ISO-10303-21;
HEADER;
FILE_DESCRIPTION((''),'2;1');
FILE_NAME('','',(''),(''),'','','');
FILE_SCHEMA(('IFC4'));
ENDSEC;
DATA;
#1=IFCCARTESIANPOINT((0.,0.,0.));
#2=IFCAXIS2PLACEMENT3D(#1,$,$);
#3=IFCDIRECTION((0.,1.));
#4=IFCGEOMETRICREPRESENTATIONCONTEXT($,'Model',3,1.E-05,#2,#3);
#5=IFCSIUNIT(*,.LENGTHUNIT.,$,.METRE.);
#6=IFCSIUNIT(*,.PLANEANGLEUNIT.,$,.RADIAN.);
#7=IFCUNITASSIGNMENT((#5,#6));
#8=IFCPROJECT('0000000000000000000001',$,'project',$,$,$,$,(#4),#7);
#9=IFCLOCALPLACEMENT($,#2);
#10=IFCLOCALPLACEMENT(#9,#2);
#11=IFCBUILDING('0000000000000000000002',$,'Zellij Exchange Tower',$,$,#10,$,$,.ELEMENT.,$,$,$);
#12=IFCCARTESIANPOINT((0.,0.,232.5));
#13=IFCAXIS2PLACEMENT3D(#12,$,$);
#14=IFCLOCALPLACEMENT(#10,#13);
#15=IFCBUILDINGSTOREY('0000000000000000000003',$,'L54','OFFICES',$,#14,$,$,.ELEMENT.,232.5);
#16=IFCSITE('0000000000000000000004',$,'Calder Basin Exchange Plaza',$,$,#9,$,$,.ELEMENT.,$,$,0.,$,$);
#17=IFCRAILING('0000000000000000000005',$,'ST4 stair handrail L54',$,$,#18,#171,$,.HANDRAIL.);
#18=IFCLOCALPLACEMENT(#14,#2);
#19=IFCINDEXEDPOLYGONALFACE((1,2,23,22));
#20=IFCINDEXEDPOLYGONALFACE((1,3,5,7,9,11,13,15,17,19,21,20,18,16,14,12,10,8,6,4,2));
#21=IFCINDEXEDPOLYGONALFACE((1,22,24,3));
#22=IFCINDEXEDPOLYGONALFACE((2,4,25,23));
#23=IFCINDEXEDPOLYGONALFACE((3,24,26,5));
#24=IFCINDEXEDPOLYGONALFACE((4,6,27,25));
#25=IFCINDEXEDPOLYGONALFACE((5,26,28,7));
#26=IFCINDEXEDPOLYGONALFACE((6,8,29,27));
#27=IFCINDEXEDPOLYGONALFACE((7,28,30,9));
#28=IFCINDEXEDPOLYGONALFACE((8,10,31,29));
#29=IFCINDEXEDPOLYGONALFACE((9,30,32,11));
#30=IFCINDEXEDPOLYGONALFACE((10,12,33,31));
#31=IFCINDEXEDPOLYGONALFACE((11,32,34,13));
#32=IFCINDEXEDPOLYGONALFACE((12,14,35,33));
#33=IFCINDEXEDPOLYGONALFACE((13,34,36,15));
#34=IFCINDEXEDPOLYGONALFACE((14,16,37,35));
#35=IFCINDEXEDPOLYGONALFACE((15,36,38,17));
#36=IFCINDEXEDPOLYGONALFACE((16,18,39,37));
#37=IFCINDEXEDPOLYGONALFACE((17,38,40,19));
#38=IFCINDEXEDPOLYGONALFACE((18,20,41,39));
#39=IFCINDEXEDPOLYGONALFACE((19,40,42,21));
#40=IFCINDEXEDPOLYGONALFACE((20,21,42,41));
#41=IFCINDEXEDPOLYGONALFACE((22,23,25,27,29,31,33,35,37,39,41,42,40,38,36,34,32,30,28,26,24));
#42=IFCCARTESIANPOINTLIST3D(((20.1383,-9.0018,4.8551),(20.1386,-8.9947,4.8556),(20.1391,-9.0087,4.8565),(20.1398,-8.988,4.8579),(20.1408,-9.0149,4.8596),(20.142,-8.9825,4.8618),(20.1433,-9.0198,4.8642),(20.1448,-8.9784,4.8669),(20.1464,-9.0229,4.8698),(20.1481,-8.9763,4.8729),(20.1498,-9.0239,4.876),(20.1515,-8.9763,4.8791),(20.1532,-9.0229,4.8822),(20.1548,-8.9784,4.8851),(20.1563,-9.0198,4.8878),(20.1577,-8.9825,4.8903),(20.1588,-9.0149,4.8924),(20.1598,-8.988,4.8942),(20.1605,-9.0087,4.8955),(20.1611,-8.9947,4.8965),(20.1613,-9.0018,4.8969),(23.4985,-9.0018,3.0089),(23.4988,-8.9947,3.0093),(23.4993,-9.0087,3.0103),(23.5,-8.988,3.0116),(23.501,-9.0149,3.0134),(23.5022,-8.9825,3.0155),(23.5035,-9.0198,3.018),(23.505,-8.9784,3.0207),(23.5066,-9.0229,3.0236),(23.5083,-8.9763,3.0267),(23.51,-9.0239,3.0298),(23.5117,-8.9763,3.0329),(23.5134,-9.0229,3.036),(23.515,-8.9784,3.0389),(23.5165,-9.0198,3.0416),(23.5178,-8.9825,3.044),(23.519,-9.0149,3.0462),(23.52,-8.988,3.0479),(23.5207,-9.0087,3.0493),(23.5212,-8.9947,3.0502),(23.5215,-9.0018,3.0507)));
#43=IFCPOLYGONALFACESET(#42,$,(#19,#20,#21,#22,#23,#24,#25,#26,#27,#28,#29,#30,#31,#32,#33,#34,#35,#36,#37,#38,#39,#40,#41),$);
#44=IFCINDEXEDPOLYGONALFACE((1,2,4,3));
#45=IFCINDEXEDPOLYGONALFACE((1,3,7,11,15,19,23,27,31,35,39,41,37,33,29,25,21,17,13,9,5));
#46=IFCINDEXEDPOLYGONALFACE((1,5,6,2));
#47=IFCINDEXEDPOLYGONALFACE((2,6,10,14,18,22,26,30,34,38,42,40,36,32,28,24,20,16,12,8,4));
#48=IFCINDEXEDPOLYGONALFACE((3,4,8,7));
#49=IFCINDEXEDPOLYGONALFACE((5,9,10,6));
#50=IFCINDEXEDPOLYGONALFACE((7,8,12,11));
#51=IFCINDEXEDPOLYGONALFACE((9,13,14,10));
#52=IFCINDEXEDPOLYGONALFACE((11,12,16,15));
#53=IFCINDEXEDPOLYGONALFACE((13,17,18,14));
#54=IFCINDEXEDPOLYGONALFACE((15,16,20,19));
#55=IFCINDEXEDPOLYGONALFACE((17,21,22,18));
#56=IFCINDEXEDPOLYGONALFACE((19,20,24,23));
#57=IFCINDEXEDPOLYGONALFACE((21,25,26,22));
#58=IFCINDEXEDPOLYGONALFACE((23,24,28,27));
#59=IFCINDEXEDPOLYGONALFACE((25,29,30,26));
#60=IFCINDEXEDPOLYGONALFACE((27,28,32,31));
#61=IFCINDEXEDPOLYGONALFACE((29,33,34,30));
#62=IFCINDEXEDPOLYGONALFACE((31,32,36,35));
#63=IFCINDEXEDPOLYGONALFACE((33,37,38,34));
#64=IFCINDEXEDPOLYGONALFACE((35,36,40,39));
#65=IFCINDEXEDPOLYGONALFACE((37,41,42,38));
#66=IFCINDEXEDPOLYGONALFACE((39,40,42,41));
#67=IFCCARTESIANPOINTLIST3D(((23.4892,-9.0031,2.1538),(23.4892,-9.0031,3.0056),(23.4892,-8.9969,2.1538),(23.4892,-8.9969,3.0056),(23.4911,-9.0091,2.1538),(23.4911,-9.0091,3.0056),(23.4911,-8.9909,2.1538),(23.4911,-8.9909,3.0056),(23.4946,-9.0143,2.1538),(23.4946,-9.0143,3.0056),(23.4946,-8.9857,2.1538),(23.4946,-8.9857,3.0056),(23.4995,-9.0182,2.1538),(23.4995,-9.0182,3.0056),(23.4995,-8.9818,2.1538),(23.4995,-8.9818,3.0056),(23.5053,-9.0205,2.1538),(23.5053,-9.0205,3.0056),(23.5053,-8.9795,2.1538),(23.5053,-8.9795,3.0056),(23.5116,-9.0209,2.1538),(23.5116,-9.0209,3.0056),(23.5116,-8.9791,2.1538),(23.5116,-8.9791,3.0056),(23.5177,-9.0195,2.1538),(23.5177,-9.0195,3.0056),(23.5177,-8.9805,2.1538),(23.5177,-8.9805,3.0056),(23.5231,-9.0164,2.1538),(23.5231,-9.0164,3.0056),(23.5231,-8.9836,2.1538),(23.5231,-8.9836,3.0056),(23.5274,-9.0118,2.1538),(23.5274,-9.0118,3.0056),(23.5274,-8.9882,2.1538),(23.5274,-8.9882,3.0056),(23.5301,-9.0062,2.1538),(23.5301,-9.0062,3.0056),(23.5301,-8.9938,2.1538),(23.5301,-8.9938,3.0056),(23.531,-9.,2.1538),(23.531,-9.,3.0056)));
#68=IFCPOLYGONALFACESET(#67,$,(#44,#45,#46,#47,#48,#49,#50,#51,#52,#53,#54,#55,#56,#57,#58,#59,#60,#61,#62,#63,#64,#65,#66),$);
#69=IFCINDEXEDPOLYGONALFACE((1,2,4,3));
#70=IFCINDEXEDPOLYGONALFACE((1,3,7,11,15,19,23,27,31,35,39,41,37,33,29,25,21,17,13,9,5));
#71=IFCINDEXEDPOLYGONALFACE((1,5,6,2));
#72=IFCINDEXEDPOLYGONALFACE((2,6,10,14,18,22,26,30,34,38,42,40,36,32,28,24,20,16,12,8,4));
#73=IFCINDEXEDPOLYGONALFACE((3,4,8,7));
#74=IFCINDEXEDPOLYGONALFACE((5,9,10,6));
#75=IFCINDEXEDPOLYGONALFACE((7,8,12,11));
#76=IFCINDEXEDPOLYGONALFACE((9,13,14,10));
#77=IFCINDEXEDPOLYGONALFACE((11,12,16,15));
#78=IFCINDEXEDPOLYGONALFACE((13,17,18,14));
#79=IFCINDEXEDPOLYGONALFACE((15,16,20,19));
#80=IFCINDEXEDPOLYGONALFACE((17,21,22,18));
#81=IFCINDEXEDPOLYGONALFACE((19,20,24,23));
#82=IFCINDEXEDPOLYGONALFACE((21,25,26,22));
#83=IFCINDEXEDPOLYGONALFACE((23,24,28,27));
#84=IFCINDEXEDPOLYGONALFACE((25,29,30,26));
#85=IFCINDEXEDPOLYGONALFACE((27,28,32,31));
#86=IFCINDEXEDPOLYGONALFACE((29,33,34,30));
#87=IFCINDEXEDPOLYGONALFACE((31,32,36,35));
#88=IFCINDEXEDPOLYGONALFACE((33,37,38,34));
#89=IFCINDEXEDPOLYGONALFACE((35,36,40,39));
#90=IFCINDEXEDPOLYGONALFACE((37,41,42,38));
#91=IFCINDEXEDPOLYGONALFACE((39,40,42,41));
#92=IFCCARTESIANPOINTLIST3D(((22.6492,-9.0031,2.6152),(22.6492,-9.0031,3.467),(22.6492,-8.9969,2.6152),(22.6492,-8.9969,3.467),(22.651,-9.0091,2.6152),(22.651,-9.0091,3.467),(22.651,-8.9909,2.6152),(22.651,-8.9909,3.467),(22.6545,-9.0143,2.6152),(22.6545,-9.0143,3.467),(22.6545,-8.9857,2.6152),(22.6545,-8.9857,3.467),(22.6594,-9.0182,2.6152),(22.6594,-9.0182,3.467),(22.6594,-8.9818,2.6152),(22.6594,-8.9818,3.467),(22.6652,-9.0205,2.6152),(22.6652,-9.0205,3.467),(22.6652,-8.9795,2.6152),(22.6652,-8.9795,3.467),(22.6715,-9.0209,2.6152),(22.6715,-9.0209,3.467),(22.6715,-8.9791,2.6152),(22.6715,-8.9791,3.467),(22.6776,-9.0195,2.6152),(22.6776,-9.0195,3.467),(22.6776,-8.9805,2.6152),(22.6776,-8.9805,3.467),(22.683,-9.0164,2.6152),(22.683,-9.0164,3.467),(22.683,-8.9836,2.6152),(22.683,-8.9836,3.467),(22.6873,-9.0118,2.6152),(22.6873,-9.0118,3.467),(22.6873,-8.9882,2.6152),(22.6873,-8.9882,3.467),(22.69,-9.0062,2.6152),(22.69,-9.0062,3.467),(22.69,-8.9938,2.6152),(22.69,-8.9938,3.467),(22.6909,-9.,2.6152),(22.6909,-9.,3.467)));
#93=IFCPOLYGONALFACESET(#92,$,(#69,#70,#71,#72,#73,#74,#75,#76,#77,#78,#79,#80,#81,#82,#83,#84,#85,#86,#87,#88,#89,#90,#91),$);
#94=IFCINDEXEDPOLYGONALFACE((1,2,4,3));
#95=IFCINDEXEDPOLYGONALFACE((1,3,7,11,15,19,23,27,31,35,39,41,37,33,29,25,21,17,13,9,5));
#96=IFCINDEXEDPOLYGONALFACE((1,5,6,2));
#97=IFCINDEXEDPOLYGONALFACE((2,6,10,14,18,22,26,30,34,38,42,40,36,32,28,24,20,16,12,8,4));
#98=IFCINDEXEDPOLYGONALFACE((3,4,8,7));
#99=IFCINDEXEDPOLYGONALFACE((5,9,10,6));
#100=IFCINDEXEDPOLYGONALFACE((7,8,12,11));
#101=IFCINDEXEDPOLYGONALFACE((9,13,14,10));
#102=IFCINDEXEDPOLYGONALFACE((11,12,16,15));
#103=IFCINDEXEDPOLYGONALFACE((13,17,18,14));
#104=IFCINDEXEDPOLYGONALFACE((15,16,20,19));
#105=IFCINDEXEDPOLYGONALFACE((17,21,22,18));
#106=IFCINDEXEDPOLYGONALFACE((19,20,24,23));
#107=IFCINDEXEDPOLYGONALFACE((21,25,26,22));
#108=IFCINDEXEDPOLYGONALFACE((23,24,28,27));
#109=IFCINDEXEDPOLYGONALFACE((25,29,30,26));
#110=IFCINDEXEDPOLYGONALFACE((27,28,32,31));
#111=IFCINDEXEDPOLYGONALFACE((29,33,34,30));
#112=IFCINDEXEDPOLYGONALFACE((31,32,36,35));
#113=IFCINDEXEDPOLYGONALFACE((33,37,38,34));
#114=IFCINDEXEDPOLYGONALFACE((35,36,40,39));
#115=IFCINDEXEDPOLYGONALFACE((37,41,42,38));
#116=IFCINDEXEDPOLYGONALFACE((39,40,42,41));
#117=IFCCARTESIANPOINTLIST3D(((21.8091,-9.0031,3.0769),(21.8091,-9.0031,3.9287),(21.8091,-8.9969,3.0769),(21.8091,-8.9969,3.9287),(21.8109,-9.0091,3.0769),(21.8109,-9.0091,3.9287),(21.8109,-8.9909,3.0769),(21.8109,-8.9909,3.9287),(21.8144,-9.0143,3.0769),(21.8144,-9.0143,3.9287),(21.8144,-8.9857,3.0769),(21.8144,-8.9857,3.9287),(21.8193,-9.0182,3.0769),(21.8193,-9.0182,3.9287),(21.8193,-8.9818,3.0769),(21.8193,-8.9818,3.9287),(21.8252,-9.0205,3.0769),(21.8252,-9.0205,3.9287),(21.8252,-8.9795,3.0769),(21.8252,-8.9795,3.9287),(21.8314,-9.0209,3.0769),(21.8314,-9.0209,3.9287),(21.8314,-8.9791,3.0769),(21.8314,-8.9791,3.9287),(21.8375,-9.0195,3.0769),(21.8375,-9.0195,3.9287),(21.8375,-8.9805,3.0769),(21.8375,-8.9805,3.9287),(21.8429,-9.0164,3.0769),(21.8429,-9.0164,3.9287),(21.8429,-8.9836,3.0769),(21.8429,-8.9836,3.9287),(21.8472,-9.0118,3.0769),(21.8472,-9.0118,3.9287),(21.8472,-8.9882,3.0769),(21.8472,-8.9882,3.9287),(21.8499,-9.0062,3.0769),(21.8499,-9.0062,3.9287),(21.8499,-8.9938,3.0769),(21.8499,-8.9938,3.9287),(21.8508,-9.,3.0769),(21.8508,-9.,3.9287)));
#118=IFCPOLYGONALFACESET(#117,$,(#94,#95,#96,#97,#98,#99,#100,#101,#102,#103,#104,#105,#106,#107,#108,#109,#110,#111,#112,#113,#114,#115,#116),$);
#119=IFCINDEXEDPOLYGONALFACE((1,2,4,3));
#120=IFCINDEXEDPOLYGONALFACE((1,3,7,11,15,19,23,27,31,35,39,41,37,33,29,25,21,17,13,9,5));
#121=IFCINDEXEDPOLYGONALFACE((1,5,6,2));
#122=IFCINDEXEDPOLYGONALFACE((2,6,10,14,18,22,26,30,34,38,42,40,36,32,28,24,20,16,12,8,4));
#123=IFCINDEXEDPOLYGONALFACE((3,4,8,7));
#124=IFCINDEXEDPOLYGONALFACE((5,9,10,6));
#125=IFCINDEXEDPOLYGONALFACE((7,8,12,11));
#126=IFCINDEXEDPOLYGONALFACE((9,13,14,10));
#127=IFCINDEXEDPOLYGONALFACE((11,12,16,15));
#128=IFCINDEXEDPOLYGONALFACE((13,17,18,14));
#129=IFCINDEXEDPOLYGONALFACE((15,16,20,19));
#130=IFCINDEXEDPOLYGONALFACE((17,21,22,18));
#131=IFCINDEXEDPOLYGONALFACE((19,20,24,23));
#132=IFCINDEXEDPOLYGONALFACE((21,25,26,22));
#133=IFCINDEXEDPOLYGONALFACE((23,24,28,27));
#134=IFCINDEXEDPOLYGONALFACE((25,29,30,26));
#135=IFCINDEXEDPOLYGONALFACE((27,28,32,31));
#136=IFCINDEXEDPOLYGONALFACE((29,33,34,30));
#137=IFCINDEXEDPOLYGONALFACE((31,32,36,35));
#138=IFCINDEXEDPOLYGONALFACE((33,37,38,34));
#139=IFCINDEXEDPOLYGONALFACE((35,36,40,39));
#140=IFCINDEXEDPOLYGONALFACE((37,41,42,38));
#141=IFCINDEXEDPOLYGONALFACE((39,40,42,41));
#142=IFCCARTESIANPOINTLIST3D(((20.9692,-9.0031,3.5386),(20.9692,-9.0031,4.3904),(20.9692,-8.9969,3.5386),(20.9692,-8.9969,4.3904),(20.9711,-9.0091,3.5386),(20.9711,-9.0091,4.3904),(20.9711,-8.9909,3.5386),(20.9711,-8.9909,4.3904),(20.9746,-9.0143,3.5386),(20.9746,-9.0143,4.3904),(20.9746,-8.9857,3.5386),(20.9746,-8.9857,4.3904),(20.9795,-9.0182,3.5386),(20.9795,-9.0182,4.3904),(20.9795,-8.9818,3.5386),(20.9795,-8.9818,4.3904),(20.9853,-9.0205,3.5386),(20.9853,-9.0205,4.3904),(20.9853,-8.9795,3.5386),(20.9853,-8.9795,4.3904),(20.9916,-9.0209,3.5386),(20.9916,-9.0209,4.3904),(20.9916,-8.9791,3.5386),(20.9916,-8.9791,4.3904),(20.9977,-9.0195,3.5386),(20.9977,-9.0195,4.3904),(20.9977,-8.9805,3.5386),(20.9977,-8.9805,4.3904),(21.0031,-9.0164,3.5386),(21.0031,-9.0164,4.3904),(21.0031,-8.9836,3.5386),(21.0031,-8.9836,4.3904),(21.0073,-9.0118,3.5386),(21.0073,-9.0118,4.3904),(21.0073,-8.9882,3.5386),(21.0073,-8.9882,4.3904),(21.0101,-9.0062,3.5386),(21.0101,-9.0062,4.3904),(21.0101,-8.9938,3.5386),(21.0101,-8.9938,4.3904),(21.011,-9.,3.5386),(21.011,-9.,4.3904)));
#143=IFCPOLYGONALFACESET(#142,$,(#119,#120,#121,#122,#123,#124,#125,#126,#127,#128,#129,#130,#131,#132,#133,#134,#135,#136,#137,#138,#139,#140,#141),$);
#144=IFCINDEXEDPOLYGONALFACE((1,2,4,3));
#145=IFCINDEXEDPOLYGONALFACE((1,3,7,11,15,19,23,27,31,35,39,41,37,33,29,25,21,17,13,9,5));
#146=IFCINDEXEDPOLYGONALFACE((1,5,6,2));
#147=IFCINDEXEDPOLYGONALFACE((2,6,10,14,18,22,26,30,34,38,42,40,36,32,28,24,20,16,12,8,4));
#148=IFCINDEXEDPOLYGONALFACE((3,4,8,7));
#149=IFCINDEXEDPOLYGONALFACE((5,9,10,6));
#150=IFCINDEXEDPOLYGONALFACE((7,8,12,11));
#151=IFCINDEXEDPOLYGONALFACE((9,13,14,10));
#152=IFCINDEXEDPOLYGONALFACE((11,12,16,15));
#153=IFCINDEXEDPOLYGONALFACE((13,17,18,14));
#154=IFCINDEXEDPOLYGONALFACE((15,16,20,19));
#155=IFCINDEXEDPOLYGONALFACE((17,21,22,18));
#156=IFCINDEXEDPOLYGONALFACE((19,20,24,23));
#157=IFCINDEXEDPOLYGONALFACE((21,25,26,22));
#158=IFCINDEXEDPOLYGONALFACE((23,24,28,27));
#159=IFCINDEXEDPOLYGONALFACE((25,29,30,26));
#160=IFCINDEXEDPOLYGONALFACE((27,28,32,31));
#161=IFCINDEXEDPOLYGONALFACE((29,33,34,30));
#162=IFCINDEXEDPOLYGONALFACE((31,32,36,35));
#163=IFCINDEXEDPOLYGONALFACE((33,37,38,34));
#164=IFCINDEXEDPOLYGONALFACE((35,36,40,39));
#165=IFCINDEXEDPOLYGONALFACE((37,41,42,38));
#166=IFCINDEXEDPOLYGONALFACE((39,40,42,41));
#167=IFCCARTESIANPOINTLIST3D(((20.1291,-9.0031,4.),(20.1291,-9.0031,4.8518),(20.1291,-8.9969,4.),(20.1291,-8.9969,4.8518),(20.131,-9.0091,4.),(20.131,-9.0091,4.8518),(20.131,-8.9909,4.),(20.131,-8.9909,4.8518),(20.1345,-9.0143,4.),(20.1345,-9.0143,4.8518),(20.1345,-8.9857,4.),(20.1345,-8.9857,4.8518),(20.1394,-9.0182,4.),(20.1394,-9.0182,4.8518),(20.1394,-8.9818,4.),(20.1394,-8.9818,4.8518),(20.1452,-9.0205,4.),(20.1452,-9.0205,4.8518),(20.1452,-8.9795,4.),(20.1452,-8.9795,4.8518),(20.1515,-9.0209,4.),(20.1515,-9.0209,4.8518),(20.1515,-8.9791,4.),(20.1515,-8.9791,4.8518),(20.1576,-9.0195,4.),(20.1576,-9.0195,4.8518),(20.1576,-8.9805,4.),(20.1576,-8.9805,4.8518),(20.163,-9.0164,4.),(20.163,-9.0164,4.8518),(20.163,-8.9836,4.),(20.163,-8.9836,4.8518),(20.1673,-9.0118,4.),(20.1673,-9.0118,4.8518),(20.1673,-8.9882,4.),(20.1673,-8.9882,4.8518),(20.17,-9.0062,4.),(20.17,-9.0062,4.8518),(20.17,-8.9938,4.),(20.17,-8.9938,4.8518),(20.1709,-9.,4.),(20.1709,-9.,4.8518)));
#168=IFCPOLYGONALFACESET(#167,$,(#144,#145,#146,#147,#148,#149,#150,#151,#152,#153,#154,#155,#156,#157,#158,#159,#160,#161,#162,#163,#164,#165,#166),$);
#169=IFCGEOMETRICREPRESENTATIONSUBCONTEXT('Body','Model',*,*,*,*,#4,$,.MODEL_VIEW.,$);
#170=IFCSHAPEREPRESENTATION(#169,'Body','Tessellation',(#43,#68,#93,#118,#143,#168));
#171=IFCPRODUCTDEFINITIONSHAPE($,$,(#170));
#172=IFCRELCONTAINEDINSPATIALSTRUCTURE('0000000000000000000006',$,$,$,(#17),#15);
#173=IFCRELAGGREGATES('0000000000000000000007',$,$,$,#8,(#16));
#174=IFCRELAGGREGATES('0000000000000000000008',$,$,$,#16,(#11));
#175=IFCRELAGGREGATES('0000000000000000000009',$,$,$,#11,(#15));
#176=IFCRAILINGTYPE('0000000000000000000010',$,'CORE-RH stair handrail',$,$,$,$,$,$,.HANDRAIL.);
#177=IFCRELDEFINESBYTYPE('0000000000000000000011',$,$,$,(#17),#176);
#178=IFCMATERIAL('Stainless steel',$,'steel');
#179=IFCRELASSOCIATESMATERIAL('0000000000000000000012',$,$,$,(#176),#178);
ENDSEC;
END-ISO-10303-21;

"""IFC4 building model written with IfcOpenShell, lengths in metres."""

from ifc_helpers import new_model, si_unit, direction, frame, origin, origin_2d, place, context, subcontext, project, spatial, circle, extrude, material, type_object, element, save


model = new_model("IFC4")

# Units and contexts
model_context = context("Model", 3, precision=1e-05, world=origin(), true_north=direction((0.0, 1.0)))
body_context = subcontext(model_context, "Body", "Model", "MODEL_VIEW")
ifc_project = project(units=[si_unit("LENGTHUNIT", "METRE"), si_unit("PLANEANGLEUNIT", "RADIAN")], contexts=[model_context])

# Site, building, storey
site_placement = place(None, origin())
site = spatial("IfcSite", under=ifc_project, at=site_placement, Name="Calder Basin Exchange Plaza", CompositionType="ELEMENT", RefElevation=0.0)
building_placement = place(site_placement, origin())
building = spatial("IfcBuilding", under=site, at=building_placement, Name="Zellij Exchange Tower", CompositionType="ELEMENT")
storey_placement = place(building_placement, frame((0.0, 0.0, 232.5)))
storey = spatial("IfcBuildingStorey", under=building, at=storey_placement, Name="L54", Description="OFFICES", CompositionType="ELEMENT", Elevation=232.5)

# Railing
ifc_material_1 = material(Name="Stainless steel", Category="steel")
railing_type_1 = type_object("IfcRailingType", Name="CORE-RH stair handrail", PredefinedType="HANDRAIL", material=ifc_material_1)
railing_1_placement = place(storey_placement, frame((23.51, -9.0, 2.1538)))
element("IfcRailing", 1, at=railing_1_placement, inside=storey, type_object=railing_type_1, Name="ST4 stair handrail L54", PredefinedType="HANDRAIL", context=body_context, shape_type="SweptSolid", body=[
    extrude(circle(Radius=0.0239, at=origin_2d()), frame((0.0, 0.0, 0.876), z_axis=(-0.876422, 0.0, 0.481545), x_axis=(0.0, -1.0, 0.0)), (0.0, 0.0, 1.0), 3.834),
    extrude(circle(Radius=0.021, at=origin_2d()), origin(), (0.0, 0.0, 1.0), 0.8518),
    extrude(circle(Radius=0.021, at=origin_2d()), frame((-0.8401, 0.0, 0.4614)), (0.0, 0.0, 1.0), 0.8518),
    extrude(circle(Radius=0.021, at=origin_2d()), frame((-1.6802, 0.0, 0.9231)), (0.0, 0.0, 1.0), 0.8518),
    extrude(circle(Radius=0.021, at=origin_2d()), frame((-2.52, 0.0, 1.3848)), (0.0, 0.0, 1.0), 0.8518),
    extrude(circle(Radius=0.021, at=origin_2d()), frame((-3.3601, 0.0, 1.8462)), (0.0, 0.0, 1.0), 0.8518),
])

save(model, "model.ifc")
